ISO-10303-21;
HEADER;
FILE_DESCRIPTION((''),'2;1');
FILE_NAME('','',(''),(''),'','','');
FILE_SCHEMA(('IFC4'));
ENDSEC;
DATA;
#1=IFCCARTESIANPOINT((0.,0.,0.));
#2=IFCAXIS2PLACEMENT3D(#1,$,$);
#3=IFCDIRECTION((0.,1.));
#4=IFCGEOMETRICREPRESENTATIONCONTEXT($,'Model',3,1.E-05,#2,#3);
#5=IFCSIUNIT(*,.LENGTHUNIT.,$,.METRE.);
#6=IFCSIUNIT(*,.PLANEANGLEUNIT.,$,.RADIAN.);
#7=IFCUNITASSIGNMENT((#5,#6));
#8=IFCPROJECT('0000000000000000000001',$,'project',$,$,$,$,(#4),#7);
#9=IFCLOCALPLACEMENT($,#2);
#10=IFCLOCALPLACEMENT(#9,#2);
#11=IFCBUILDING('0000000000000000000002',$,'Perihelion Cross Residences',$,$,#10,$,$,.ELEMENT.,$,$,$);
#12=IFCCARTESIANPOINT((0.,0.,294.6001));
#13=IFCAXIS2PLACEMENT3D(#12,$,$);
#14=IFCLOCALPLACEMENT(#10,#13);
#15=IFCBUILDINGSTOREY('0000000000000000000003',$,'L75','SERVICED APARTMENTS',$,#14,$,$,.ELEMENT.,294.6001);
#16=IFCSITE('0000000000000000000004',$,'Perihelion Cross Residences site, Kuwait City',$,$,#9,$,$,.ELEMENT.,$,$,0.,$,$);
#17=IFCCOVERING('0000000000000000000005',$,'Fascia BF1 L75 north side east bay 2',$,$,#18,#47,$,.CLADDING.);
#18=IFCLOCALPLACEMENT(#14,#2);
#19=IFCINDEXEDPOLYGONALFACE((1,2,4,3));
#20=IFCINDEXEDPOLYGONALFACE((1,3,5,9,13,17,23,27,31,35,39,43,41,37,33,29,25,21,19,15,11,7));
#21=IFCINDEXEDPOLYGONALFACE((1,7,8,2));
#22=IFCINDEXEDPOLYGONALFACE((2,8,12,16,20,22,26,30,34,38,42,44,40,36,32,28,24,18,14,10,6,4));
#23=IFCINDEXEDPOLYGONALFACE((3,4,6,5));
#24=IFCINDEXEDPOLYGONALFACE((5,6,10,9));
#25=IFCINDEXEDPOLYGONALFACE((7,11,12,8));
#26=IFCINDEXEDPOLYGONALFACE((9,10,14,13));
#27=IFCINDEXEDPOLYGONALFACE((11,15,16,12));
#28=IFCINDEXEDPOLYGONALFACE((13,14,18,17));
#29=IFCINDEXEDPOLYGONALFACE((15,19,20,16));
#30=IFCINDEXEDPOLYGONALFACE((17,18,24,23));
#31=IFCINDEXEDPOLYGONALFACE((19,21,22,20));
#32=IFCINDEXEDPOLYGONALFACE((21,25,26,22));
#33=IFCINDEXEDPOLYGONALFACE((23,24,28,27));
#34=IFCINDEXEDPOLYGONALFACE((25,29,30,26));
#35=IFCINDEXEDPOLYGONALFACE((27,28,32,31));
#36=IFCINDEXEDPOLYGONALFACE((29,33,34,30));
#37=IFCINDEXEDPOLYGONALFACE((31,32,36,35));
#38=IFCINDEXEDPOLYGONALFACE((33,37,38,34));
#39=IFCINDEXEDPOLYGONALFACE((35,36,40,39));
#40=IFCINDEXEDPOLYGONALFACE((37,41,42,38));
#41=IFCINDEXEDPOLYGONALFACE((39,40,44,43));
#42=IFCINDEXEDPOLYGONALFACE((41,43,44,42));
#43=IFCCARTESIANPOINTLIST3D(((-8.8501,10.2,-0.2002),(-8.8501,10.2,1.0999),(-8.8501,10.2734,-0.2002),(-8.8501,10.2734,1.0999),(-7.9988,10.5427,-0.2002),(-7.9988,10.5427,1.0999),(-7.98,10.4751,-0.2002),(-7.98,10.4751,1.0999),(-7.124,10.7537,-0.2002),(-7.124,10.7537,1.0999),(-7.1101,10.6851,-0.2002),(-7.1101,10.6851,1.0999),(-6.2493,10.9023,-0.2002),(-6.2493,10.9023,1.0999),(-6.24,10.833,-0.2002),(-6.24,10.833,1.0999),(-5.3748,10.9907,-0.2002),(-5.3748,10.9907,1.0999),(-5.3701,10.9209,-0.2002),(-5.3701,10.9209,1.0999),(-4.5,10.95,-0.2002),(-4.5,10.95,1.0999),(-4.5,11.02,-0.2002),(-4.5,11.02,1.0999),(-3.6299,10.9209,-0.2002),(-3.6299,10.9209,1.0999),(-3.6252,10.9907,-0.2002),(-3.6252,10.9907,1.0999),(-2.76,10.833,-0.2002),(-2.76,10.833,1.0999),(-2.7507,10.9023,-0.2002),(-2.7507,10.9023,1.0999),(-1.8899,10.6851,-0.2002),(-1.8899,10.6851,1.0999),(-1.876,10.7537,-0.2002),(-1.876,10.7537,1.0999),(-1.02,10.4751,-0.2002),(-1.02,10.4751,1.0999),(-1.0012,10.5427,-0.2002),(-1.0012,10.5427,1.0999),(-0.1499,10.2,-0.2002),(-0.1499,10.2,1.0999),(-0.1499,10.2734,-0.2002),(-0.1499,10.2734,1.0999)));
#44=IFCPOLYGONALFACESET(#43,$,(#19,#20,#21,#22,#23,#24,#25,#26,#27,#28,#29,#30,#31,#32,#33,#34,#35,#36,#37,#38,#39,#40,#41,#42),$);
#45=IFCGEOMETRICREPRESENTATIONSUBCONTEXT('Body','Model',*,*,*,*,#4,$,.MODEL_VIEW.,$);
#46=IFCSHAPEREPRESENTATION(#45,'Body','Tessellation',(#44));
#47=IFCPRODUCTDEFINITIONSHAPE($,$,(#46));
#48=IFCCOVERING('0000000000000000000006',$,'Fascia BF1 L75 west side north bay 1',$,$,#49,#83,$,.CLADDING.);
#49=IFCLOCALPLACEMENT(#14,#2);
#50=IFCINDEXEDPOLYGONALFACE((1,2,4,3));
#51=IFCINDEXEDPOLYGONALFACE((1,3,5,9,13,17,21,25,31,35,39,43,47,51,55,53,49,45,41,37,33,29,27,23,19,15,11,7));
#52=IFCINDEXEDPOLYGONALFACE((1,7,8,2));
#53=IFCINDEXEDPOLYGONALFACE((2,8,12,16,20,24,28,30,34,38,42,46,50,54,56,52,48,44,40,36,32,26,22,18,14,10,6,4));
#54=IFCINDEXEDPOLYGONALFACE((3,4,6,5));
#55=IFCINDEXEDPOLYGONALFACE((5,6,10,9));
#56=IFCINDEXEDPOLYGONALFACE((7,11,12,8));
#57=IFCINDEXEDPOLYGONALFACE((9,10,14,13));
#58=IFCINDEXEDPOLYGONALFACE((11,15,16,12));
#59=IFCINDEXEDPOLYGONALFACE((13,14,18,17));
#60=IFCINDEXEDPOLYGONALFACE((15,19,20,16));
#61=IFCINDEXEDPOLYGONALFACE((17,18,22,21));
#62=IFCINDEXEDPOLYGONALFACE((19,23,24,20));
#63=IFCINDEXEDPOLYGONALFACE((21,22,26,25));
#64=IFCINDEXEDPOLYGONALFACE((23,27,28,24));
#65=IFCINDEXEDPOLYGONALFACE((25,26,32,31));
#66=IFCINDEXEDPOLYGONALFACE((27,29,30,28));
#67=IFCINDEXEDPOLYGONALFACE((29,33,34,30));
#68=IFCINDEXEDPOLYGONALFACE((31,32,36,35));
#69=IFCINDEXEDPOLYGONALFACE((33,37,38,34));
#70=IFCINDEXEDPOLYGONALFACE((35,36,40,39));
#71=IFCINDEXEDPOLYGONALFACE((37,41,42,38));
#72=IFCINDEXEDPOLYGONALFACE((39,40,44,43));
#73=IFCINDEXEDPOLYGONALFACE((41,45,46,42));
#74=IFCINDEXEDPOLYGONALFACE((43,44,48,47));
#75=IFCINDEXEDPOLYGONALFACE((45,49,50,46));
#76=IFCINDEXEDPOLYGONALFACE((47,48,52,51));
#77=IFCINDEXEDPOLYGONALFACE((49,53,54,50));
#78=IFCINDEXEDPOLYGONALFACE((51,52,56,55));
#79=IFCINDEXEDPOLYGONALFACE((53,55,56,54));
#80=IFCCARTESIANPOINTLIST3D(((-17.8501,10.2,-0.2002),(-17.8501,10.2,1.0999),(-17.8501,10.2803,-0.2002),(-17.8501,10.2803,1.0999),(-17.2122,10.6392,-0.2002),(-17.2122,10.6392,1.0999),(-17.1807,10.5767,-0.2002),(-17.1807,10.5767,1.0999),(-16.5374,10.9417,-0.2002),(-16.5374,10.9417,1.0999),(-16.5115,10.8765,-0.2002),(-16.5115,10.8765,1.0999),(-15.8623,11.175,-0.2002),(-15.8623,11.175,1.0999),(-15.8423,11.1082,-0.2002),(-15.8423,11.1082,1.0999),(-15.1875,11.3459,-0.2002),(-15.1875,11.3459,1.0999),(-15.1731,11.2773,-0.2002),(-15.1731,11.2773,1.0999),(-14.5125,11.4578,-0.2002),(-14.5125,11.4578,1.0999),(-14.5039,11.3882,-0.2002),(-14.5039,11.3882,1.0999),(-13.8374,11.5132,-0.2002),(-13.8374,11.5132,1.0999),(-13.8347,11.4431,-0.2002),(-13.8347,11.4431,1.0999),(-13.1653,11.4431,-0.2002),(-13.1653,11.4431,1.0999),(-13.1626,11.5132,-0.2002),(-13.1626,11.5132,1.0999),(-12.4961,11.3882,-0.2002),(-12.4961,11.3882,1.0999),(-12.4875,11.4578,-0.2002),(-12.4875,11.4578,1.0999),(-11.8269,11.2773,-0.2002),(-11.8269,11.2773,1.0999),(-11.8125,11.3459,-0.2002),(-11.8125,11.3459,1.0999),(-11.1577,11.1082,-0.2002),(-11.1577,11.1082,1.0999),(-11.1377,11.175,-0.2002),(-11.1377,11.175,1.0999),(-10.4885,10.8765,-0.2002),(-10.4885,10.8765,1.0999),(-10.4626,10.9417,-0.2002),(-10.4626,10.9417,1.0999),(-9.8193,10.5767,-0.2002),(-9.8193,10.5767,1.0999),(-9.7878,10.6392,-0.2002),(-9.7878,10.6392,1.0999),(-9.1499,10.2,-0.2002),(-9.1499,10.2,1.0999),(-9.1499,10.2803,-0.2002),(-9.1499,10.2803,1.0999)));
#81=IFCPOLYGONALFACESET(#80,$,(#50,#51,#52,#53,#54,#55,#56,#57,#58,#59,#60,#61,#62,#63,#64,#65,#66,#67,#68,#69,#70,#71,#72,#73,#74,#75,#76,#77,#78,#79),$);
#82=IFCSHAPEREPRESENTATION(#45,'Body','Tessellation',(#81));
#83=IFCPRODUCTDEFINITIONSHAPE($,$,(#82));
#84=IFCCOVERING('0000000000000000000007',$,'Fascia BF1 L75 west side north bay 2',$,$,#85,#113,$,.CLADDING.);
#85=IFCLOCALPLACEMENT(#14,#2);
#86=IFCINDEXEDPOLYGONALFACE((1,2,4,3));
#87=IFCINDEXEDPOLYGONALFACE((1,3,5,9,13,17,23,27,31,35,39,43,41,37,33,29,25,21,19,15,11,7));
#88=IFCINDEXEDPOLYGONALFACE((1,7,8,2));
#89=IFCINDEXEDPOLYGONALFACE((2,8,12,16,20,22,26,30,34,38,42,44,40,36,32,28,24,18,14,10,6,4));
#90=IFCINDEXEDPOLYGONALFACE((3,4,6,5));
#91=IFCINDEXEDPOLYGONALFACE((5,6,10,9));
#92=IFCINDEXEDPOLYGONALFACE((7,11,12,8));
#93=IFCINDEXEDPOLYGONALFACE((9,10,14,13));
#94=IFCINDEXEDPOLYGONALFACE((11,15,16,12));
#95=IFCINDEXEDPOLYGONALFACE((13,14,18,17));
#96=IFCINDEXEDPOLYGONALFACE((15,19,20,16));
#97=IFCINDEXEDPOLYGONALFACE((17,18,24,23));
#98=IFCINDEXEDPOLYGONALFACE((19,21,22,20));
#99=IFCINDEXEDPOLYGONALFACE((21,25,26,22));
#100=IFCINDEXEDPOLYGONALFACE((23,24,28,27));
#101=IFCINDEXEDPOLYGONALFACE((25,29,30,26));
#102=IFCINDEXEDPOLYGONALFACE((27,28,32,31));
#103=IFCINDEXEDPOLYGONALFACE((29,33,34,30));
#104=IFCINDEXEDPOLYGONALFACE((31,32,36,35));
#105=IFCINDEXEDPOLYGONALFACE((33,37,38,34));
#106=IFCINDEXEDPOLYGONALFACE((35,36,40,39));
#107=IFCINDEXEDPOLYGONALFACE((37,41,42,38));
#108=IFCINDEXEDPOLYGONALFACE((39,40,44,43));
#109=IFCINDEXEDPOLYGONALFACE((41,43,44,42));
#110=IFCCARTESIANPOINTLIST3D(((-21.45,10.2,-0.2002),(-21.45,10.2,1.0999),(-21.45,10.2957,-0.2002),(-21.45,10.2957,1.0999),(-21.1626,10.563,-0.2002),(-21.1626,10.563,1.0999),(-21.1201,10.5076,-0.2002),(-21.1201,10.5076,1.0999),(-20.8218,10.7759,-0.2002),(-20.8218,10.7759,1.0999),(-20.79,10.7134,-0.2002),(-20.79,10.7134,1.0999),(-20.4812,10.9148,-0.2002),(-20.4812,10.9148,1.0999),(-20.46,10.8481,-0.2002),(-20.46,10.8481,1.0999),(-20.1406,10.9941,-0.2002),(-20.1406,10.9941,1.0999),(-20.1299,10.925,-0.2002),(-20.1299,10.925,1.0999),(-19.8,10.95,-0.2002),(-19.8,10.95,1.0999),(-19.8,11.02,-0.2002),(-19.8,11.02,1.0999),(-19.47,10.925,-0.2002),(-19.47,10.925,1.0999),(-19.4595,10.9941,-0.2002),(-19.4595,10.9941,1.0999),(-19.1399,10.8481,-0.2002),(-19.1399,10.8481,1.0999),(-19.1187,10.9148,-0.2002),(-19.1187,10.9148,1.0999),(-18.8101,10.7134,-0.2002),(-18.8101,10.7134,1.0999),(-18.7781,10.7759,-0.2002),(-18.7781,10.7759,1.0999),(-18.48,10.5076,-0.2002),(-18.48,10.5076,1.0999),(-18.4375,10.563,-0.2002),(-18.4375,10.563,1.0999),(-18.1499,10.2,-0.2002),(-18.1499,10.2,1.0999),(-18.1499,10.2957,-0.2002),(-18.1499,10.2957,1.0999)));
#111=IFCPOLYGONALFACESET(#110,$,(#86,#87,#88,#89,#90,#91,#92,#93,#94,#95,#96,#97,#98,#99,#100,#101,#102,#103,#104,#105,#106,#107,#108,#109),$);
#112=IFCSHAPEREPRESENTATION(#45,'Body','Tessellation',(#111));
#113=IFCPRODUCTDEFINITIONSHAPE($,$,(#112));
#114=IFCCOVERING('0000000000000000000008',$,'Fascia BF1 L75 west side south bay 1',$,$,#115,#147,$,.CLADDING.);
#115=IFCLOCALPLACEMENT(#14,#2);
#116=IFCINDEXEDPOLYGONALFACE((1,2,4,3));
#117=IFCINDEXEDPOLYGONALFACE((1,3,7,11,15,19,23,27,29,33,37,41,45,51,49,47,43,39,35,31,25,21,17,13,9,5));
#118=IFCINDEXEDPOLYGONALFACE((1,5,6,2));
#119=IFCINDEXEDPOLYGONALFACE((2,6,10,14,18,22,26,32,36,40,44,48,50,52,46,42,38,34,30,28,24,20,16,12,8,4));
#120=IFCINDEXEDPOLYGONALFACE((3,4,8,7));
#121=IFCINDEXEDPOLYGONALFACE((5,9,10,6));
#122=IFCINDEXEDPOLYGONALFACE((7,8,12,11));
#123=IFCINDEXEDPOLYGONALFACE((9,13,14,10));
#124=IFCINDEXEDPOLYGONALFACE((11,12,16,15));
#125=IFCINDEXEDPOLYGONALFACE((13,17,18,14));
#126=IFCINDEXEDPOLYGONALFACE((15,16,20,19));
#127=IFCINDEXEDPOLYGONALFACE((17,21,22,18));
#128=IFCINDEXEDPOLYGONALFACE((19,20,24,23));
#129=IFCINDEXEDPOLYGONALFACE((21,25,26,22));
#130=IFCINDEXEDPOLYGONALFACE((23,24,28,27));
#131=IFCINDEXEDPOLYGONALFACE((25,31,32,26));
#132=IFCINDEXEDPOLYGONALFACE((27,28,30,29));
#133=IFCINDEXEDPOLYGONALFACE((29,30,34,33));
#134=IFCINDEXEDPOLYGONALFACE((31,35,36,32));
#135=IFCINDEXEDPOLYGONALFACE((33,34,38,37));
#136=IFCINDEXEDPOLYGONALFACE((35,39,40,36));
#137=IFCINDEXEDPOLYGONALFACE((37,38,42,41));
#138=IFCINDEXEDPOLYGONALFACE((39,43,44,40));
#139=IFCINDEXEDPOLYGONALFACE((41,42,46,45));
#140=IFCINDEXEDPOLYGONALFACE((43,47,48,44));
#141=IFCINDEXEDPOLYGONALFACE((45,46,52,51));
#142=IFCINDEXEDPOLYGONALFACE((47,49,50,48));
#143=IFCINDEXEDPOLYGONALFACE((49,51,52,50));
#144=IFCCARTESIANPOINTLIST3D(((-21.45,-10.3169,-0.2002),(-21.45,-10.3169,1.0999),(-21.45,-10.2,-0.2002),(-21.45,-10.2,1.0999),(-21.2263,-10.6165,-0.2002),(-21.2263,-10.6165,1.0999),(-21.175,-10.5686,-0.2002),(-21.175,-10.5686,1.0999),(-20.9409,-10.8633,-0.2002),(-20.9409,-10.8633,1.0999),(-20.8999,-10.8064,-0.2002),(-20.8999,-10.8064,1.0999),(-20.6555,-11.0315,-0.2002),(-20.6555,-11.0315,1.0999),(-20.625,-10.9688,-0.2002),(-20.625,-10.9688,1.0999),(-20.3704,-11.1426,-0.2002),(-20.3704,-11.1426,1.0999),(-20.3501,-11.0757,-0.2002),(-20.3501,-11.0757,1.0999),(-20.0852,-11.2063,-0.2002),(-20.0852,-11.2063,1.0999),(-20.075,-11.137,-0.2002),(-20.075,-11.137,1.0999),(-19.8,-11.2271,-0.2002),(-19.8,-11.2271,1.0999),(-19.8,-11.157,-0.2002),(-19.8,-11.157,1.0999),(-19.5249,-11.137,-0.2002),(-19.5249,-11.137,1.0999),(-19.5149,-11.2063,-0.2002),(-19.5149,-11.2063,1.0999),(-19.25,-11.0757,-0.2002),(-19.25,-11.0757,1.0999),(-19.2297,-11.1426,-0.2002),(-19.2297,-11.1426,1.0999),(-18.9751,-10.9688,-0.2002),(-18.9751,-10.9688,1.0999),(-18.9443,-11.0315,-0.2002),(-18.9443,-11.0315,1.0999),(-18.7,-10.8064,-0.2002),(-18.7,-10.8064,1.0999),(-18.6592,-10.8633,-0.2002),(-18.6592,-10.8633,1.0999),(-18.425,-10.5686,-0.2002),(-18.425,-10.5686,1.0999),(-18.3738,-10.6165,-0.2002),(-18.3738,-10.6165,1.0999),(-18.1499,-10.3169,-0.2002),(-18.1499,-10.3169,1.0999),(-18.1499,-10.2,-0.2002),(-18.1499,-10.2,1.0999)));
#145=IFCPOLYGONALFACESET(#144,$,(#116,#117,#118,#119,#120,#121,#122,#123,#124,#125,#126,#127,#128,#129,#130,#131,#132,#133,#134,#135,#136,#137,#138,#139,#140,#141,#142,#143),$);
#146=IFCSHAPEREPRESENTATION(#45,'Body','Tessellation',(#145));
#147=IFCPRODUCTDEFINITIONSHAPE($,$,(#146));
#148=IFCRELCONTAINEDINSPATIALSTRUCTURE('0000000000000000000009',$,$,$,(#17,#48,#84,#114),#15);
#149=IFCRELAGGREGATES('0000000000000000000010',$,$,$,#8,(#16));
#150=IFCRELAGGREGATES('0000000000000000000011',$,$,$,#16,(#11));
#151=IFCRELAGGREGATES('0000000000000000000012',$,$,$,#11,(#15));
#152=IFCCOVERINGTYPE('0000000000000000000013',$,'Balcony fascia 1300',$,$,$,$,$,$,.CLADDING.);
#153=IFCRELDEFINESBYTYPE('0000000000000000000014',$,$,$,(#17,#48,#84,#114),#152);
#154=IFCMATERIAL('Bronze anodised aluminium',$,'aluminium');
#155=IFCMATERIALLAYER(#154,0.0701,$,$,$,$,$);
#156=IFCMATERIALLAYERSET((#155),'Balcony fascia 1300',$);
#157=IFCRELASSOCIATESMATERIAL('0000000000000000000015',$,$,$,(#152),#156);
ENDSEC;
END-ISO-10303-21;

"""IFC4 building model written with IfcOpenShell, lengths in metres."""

from ifc_helpers import new_model, si_unit, direction, frame, origin, place, context, subcontext, project, spatial, polyline, outline, extrude, material, layer, layer_set, type_object, element, save


model = new_model("IFC4")

# Units and contexts
model_context = context("Model", 3, precision=1e-05, world=origin(), true_north=direction((0.0, 1.0)))
body_context = subcontext(model_context, "Body", "Model", "MODEL_VIEW")
ifc_project = project(units=[si_unit("LENGTHUNIT", "METRE"), si_unit("PLANEANGLEUNIT", "RADIAN")], contexts=[model_context])

# Site, building, storey
site_placement = place(None, origin())
site = spatial("IfcSite", under=ifc_project, at=site_placement, Name="Perihelion Cross Residences site, Kuwait City", CompositionType="ELEMENT", RefElevation=0.0)
building_placement = place(site_placement, origin())
building = spatial("IfcBuilding", under=site, at=building_placement, Name="Perihelion Cross Residences", CompositionType="ELEMENT")
storey_placement = place(building_placement, frame((0.0, 0.0, 294.6001)))
storey = spatial("IfcBuildingStorey", under=building, at=storey_placement, Name="L75", Description="SERVICED APARTMENTS", CompositionType="ELEMENT", Elevation=294.6001)

# Coverings
ifc_material_1 = material(Name="Bronze anodised aluminium", Category="aluminium")
ifc_layer_1 = layer(ifc_material_1, 0.0701)
ifc_layer_set_1 = layer_set([ifc_layer_1], Name="Balcony fascia 1300")
covering_type = type_object("IfcCoveringType", Name="Balcony fascia 1300", PredefinedType="CLADDING", material=ifc_layer_set_1)
covering_1_placement = place(storey_placement, frame((0.0, 0.0, -0.2002)))
element("IfcCovering", 1, at=covering_1_placement, inside=storey, type_object=covering_type, Name="Fascia BF1 L75 north side east bay 2", PredefinedType="CLADDING", context=body_context, shape_type="SweptSolid", body=[
    extrude(outline(polyline([(-1.0012, 10.5427), (-1.876, 10.7537), (-2.7507, 10.9023), (-3.6252, 10.9907), (-4.5, 11.02), (-5.3748, 10.9907), (-6.2493, 10.9023), (-7.124, 10.7537), (-7.9988, 10.5427), (-8.8501, 10.2734), (-8.8501, 10.2), (-7.98, 10.4751), (-7.1101, 10.6851), (-6.24, 10.833), (-5.3701, 10.9209), (-4.5, 10.95), (-3.6299, 10.9209), (-2.76, 10.833), (-1.8899, 10.6851), (-1.02, 10.4751), (-0.1499, 10.2), (-0.1499, 10.2734), (-1.0012, 10.5427)])), origin(), (0.0, 0.0, 1.0), 1.3),
])
covering_2_placement = place(storey_placement, frame((0.0, 0.0, -0.2002)))
element("IfcCovering", 2, at=covering_2_placement, inside=storey, type_object=covering_type, Name="Fascia BF1 L75 west side north bay 1", PredefinedType="CLADDING", context=body_context, shape_type="SweptSolid", body=[
    extrude(outline(polyline([(-9.7878, 10.6392), (-10.4626, 10.9417), (-11.1377, 11.175), (-11.8125, 11.3459), (-12.4875, 11.4578), (-13.1626, 11.5132), (-13.8374, 11.5132), (-14.5125, 11.4578), (-15.1875, 11.3459), (-15.8623, 11.175), (-16.5374, 10.9417), (-17.2122, 10.6392), (-17.8501, 10.2803), (-17.8501, 10.2), (-17.1807, 10.5767), (-16.5115, 10.8765), (-15.8423, 11.1082), (-15.1731, 11.2773), (-14.5039, 11.3882), (-13.8347, 11.4431), (-13.1653, 11.4431), (-12.4961, 11.3882), (-11.8269, 11.2773), (-11.1577, 11.1082), (-10.4885, 10.8765), (-9.8193, 10.5767), (-9.1499, 10.2), (-9.1499, 10.2803), (-9.7878, 10.6392)])), origin(), (0.0, 0.0, 1.0), 1.3),
])
covering_3_placement = place(storey_placement, frame((0.0, 0.0, -0.2002)))
element("IfcCovering", 3, at=covering_3_placement, inside=storey, type_object=covering_type, Name="Fascia BF1 L75 west side north bay 2", PredefinedType="CLADDING", context=body_context, shape_type="SweptSolid", body=[
    extrude(outline(polyline([(-18.4375, 10.563), (-18.7781, 10.7759), (-19.1187, 10.9148), (-19.4595, 10.9941), (-19.8, 11.02), (-20.1406, 10.9941), (-20.4812, 10.9148), (-20.8218, 10.7759), (-21.1626, 10.563), (-21.45, 10.2957), (-21.45, 10.2), (-21.1201, 10.5076), (-20.79, 10.7134), (-20.46, 10.8481), (-20.1299, 10.925), (-19.8, 10.95), (-19.47, 10.925), (-19.1399, 10.8481), (-18.8101, 10.7134), (-18.48, 10.5076), (-18.1499, 10.2), (-18.1499, 10.2957), (-18.4375, 10.563)])), origin(), (0.0, 0.0, 1.0), 1.3),
])
covering_4_placement = place(storey_placement, frame((0.0, 0.0, -0.2002)))
element("IfcCovering", 4, at=covering_4_placement, inside=storey, type_object=covering_type, Name="Fascia BF1 L75 west side south bay 1", PredefinedType="CLADDING", context=body_context, shape_type="SweptSolid", body=[
    extrude(outline(polyline([(-21.2263, -10.6165), (-20.9409, -10.8633), (-20.6555, -11.0315), (-20.3704, -11.1426), (-20.0852, -11.2063), (-19.8, -11.2271), (-19.5149, -11.2063), (-19.2297, -11.1426), (-18.9443, -11.0315), (-18.6592, -10.8633), (-18.3738, -10.6165), (-18.1499, -10.3169), (-18.1499, -10.2), (-18.425, -10.5686), (-18.7, -10.8064), (-18.9751, -10.9688), (-19.25, -11.0757), (-19.5249, -11.137), (-19.8, -11.157), (-20.075, -11.137), (-20.3501, -11.0757), (-20.625, -10.9688), (-20.8999, -10.8064), (-21.175, -10.5686), (-21.45, -10.2), (-21.45, -10.3169), (-21.2263, -10.6165)])), origin(), (0.0, 0.0, 1.0), 1.3),
])

save(model, "model.ifc")
